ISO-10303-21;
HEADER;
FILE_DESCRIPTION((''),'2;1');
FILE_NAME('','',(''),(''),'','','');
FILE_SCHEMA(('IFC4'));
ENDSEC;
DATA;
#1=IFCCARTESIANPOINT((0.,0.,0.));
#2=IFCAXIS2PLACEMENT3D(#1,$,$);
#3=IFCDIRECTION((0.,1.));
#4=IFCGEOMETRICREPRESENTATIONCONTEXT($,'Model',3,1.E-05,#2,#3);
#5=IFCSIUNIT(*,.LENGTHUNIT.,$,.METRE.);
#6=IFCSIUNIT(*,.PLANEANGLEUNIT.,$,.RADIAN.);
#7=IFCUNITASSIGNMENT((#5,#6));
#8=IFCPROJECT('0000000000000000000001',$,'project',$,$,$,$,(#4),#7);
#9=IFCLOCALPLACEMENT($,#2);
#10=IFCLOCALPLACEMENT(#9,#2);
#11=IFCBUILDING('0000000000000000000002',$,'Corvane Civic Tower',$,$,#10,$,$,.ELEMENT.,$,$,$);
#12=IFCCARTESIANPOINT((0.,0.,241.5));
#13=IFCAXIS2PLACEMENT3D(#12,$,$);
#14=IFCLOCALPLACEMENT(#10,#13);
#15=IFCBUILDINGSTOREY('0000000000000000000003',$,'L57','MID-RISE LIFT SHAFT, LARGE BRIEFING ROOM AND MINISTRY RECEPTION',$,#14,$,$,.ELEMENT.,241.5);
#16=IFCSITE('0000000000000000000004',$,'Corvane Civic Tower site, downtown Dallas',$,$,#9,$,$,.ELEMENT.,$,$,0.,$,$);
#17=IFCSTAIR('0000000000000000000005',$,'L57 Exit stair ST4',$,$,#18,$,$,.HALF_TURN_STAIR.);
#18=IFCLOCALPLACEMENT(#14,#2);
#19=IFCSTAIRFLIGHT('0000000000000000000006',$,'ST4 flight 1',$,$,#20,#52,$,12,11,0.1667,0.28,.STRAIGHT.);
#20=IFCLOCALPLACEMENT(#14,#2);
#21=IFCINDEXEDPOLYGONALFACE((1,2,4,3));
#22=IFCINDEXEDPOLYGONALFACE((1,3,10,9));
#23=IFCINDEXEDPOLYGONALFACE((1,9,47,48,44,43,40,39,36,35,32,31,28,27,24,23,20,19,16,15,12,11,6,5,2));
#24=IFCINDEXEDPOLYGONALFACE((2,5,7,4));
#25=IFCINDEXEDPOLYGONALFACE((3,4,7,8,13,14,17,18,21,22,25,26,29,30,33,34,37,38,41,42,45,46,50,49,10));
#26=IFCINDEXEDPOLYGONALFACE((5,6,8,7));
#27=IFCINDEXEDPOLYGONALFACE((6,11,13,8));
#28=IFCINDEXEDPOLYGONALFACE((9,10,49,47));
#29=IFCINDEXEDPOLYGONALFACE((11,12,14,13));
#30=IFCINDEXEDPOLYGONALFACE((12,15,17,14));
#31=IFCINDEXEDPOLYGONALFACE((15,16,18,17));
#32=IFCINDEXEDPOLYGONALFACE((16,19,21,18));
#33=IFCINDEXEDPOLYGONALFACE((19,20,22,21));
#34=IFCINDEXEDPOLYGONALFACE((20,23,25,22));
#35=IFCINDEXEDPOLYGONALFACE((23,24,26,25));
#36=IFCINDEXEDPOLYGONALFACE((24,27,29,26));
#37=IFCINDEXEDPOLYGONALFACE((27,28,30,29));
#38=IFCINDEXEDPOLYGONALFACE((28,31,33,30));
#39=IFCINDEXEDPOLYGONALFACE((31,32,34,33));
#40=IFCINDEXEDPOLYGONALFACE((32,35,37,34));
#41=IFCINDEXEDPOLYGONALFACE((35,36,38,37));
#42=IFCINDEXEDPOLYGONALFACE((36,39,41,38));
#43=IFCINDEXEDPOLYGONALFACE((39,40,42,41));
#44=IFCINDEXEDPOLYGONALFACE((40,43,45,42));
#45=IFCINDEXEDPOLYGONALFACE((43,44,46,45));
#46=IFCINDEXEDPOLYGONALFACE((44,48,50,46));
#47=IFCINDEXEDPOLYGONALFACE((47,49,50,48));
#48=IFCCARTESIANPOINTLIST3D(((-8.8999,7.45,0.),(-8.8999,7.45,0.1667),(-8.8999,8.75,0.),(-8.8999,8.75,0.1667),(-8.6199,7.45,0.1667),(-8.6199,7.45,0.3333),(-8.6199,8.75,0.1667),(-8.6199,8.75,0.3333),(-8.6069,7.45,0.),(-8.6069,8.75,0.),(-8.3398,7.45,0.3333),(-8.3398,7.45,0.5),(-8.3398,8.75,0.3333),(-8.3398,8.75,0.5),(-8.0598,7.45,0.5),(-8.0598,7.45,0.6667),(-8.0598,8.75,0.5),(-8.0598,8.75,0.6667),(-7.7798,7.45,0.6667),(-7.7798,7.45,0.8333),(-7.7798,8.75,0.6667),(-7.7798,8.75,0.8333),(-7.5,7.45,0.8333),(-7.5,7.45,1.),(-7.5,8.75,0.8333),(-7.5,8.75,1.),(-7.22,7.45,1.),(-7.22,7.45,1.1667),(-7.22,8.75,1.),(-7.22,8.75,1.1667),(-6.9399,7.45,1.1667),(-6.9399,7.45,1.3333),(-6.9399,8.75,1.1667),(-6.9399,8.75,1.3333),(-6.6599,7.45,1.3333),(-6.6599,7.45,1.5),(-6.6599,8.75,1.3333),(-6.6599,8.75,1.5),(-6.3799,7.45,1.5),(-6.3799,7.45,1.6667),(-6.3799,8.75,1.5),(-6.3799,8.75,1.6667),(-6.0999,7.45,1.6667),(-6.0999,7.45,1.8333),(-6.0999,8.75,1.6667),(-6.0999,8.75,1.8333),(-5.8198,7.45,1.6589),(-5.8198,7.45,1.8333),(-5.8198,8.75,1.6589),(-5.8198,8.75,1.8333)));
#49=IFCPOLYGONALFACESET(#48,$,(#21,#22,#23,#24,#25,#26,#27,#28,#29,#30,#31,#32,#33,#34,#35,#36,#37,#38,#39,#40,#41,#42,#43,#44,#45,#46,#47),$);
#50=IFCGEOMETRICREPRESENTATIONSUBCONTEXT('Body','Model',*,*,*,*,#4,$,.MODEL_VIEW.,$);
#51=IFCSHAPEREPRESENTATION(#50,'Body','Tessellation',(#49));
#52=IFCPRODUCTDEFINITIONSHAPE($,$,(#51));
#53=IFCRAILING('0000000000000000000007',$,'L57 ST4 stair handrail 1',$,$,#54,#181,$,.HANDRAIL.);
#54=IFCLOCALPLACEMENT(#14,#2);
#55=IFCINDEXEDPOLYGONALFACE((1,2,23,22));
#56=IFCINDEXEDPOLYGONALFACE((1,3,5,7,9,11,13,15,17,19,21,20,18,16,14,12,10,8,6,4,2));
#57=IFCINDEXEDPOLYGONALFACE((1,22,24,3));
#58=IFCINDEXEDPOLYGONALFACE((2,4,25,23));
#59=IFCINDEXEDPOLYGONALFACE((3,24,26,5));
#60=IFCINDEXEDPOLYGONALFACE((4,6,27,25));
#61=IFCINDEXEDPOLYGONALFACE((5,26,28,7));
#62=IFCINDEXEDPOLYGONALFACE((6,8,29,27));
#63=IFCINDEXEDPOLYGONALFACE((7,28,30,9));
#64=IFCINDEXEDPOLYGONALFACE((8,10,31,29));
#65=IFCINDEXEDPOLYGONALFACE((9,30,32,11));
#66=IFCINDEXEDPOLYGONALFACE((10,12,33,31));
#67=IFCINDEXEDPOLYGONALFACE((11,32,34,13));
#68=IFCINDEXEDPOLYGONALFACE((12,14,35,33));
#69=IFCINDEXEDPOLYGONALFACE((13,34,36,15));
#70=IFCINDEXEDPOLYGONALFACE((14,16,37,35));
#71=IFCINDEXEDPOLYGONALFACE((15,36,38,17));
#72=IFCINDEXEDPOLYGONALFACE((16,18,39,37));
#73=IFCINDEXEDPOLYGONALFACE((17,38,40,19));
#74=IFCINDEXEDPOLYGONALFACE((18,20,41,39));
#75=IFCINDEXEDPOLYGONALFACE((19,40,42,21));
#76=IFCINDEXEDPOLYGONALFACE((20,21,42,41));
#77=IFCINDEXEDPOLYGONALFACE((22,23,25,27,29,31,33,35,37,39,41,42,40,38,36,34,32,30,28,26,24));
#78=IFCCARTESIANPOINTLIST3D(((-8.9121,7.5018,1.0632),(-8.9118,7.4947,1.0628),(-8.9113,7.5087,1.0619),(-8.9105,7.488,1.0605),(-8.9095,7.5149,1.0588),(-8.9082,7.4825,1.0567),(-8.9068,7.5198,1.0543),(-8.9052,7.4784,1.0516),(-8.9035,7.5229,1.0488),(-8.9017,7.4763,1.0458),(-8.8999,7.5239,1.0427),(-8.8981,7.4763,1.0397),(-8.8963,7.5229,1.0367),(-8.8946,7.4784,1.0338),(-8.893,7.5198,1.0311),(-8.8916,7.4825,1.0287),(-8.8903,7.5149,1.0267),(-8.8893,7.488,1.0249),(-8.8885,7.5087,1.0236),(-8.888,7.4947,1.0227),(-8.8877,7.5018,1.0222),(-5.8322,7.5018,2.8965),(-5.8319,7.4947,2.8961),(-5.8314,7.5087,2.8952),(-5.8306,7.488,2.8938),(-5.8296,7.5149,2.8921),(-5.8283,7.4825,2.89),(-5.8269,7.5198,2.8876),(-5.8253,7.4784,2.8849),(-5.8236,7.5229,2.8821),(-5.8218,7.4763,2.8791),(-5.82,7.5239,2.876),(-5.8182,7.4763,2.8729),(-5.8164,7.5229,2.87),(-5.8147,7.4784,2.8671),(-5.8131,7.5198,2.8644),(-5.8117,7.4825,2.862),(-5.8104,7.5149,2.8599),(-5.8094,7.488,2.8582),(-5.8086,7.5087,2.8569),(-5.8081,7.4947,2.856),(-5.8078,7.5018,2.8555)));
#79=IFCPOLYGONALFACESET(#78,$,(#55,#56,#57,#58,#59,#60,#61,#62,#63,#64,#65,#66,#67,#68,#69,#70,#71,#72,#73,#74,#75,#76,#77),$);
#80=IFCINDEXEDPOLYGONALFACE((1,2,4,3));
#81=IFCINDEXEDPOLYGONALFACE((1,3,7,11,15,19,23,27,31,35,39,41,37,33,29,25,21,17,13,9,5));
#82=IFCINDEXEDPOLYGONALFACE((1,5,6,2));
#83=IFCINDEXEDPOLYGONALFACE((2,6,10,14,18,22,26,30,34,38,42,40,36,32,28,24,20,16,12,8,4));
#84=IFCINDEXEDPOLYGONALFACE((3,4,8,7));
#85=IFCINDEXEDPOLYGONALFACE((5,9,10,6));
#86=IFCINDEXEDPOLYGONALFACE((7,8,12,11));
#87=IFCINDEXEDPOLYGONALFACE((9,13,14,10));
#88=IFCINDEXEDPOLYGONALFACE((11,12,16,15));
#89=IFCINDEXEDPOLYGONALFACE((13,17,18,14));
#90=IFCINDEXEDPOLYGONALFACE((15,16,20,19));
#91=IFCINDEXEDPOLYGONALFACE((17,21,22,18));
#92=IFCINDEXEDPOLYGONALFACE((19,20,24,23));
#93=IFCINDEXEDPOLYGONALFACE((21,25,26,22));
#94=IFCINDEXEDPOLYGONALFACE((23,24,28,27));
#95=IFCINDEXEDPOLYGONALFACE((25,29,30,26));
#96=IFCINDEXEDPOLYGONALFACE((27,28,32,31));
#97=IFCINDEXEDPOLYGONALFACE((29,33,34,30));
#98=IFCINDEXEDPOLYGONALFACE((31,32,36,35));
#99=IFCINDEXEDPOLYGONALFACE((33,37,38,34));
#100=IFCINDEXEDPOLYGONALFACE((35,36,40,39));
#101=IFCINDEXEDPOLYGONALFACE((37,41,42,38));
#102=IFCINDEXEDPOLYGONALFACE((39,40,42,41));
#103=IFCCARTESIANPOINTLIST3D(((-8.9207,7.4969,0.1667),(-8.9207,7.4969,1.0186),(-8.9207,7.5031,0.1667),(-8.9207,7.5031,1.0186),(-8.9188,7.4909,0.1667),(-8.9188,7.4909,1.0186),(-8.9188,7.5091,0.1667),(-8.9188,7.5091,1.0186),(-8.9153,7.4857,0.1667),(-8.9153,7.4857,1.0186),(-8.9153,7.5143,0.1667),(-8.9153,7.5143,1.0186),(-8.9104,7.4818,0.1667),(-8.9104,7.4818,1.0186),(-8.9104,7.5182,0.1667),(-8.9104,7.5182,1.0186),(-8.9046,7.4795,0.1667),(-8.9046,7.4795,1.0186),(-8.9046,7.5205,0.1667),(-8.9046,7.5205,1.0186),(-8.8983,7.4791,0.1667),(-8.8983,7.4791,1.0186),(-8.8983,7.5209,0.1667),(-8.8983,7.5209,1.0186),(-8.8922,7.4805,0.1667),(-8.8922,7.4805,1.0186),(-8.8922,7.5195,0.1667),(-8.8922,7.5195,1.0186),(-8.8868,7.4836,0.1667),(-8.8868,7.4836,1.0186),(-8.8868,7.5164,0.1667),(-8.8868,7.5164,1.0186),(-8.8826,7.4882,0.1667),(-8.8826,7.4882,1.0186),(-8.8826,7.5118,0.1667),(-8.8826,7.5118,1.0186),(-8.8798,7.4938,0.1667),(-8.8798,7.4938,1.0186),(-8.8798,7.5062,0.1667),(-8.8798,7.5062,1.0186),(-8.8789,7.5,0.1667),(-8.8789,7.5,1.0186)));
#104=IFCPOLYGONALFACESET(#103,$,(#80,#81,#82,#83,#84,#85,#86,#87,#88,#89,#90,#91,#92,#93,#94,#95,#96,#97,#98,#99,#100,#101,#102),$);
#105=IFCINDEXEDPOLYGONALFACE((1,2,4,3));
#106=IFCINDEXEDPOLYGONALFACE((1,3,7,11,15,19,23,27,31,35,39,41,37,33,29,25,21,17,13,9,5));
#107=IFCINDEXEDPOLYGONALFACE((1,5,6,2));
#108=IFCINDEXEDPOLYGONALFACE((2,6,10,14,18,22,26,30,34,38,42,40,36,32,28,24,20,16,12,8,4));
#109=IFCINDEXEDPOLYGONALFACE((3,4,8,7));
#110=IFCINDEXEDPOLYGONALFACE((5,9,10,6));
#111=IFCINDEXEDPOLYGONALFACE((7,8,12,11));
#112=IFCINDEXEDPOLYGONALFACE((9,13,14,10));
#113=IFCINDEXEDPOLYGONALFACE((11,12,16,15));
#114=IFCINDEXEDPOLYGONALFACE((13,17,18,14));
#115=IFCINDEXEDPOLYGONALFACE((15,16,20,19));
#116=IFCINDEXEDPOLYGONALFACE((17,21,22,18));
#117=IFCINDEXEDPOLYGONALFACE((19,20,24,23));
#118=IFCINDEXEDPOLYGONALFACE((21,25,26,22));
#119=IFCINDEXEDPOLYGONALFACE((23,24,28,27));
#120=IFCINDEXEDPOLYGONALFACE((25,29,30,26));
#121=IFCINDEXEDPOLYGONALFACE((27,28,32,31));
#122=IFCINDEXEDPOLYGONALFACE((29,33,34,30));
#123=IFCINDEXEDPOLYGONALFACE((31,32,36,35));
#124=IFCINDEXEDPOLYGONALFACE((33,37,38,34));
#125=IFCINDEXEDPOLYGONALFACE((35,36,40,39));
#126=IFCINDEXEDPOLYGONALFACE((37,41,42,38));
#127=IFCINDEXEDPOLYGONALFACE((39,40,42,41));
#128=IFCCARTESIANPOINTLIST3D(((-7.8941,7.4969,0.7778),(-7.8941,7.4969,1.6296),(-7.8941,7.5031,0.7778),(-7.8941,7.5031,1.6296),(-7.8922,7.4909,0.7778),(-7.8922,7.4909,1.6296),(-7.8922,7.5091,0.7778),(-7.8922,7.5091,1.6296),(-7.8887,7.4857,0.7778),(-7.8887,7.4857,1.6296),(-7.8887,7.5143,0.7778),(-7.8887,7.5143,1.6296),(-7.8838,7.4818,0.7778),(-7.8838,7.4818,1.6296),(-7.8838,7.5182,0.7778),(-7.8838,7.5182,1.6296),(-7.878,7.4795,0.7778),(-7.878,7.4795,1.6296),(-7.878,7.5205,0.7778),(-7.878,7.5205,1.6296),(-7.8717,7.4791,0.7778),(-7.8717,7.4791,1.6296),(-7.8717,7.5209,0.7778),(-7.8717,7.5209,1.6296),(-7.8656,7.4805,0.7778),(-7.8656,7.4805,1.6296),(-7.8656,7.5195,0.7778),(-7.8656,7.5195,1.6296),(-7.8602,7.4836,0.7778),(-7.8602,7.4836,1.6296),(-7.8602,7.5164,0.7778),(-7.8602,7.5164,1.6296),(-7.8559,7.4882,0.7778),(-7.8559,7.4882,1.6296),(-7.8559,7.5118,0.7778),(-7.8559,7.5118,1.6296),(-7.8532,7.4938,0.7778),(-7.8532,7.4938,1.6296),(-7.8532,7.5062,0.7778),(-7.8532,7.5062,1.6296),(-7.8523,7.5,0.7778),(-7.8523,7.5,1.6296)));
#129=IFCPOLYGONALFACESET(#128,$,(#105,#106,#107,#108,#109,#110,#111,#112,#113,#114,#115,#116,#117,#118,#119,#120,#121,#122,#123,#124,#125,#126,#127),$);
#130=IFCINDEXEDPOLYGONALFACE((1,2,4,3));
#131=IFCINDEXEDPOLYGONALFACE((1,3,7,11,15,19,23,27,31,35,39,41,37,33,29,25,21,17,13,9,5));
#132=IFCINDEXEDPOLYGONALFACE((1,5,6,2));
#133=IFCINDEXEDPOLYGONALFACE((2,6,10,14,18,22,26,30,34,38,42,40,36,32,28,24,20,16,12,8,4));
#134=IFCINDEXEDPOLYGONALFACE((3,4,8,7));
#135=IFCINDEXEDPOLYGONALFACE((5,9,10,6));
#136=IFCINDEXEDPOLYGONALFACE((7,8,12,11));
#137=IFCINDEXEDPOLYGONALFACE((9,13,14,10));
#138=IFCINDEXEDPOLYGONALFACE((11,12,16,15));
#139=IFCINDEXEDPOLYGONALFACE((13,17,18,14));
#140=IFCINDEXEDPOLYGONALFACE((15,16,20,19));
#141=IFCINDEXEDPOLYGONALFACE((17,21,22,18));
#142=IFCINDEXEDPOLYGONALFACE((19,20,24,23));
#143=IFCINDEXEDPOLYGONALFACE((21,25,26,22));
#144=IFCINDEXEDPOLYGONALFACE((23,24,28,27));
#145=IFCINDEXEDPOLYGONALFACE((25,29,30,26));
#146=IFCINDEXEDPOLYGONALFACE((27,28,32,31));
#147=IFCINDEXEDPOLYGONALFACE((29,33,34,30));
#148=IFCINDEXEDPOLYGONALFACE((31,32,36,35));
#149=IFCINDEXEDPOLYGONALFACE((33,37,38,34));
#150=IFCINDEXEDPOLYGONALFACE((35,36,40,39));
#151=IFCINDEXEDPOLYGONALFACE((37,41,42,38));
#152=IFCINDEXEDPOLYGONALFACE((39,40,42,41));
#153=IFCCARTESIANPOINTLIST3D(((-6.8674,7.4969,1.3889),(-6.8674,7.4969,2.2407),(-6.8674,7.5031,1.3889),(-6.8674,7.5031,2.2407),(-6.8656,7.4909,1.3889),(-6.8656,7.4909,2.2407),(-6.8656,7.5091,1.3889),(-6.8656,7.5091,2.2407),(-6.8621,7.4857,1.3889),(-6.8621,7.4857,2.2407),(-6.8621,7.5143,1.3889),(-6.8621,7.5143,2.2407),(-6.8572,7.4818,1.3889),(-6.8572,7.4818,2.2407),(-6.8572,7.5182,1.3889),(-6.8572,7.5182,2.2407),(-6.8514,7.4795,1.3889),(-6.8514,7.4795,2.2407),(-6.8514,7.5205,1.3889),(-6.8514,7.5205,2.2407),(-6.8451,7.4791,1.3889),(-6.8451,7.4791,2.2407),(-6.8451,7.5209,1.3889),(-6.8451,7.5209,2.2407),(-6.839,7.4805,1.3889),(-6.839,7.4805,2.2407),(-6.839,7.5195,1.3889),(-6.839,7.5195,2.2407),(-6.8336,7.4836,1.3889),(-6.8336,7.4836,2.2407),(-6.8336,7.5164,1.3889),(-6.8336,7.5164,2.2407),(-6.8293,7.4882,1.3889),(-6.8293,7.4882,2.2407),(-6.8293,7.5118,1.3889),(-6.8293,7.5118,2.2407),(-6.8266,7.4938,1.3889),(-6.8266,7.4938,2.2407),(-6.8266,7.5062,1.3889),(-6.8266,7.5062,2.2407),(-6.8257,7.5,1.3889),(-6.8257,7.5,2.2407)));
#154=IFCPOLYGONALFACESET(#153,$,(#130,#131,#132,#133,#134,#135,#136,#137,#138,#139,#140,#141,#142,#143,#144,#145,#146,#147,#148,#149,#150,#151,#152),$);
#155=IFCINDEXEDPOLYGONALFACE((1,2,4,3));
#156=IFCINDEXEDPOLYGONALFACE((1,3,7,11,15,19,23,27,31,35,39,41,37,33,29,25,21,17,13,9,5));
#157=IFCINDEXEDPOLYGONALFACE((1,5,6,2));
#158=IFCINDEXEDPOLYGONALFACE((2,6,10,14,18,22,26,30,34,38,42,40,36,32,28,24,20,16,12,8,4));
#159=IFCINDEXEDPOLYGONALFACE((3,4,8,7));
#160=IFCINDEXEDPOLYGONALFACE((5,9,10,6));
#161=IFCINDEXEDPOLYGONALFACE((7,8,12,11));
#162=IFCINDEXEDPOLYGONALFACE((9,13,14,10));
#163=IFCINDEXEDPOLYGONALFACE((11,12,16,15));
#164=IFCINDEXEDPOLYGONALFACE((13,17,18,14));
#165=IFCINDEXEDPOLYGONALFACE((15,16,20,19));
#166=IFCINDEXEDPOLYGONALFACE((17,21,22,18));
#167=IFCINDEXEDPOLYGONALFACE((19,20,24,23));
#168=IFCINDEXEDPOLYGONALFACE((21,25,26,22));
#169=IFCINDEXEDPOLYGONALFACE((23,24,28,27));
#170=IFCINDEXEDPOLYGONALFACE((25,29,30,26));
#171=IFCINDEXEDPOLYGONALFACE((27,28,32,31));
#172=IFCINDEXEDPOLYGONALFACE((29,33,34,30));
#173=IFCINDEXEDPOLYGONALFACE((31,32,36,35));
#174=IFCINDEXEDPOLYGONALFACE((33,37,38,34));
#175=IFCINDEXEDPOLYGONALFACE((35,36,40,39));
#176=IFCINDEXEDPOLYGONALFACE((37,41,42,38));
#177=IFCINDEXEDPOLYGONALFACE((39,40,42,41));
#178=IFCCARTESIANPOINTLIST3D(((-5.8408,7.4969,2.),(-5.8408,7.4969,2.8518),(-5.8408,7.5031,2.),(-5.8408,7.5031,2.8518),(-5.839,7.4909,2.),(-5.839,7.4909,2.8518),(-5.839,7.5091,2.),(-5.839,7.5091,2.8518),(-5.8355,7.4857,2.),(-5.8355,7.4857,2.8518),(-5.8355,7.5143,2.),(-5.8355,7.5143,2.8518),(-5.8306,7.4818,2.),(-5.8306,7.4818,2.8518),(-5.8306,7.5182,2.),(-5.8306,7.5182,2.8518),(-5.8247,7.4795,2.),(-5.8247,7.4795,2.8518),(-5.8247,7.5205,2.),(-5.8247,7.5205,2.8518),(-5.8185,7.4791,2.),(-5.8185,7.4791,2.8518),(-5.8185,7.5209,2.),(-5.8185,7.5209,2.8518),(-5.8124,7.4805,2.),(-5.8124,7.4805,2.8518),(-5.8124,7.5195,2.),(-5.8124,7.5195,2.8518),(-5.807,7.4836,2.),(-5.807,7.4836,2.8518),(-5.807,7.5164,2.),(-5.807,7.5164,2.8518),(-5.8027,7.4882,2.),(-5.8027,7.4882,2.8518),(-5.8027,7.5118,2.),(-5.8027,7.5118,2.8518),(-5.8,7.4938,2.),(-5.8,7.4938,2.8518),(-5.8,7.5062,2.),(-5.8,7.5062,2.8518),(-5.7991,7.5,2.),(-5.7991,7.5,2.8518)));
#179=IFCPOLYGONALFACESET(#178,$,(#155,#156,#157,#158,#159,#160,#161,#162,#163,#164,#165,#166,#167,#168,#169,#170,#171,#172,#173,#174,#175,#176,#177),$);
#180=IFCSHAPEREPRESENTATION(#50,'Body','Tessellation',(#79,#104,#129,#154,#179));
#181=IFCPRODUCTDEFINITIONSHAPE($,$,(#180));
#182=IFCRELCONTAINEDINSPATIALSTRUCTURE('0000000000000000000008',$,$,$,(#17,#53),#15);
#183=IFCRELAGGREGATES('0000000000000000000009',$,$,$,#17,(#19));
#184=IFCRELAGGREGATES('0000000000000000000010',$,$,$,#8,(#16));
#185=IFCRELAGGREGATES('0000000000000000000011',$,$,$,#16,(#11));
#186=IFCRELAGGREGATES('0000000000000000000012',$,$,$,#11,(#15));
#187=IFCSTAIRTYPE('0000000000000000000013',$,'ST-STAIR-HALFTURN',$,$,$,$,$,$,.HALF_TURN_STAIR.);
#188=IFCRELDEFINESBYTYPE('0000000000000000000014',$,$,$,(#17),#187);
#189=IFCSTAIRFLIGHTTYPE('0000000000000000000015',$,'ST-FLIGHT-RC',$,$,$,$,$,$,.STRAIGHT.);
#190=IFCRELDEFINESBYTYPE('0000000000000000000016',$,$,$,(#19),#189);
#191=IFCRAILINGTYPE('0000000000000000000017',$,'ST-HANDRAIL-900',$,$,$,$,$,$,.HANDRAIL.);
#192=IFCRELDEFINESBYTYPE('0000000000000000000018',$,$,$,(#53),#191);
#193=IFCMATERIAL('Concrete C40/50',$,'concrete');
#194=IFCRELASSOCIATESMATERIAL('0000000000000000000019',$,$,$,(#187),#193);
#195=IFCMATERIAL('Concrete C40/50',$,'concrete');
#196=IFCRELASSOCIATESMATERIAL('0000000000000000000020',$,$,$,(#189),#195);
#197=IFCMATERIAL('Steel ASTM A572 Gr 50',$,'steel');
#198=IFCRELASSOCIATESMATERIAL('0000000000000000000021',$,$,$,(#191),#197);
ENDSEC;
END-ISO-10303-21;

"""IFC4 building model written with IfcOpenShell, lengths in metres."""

from ifc_helpers import new_model, si_unit, direction, frame, origin, origin_2d, place, context, subcontext, project, spatial, polyline, circle, outline, extrude, material, type_object, element, aggregate, save


model = new_model("IFC4")

# Units and contexts
model_context = context("Model", 3, precision=1e-05, world=origin(), true_north=direction((0.0, 1.0)))
body_context = subcontext(model_context, "Body", "Model", "MODEL_VIEW")
ifc_project = project(units=[si_unit("LENGTHUNIT", "METRE"), si_unit("PLANEANGLEUNIT", "RADIAN")], contexts=[model_context])

# Site, building, storey
site_placement = place(None, origin())
site = spatial("IfcSite", under=ifc_project, at=site_placement, Name="Corvane Civic Tower site, downtown Dallas", CompositionType="ELEMENT", RefElevation=0.0)
building_placement = place(site_placement, origin())
building = spatial("IfcBuilding", under=site, at=building_placement, Name="Corvane Civic Tower", CompositionType="ELEMENT")
storey_placement = place(building_placement, frame((0.0, 0.0, 241.5)))
storey = spatial("IfcBuildingStorey", under=building, at=storey_placement, Name="L57", Description="MID-RISE LIFT SHAFT, LARGE BRIEFING ROOM AND MINISTRY RECEPTION", CompositionType="ELEMENT", Elevation=241.5)

# Stair, stair flight
ifc_material_1 = material(Name="Concrete C40/50", Category="concrete")
stair_type = type_object("IfcStairType", Name="ST-STAIR-HALFTURN", PredefinedType="HALF_TURN_STAIR", material=ifc_material_1)
stair_placement = place(storey_placement, origin())
stair = element("IfcStair", 1, at=stair_placement, inside=storey, type_object=stair_type, Name="L57 Exit stair ST4", PredefinedType="HALF_TURN_STAIR")
ifc_material_2 = material(Name="Concrete C40/50", Category="concrete")
stair_flight_type = type_object("IfcStairFlightType", Name="ST-FLIGHT-RC", PredefinedType="STRAIGHT", material=ifc_material_2)
stair_flight_placement = place(storey_placement, frame((-8.8999, 8.1001, 0.0), z_axis=(0.0, 0.0, 1.0), x_axis=(1.0, 0.0, 0.0)))
stair_flight = element("IfcStairFlight", 2, at=stair_flight_placement, type_object=stair_flight_type, Name="ST4 flight 1", NumberOfRisers=12, NumberOfTreads=11, PredefinedType="STRAIGHT", RiserHeight=0.1667, TreadLength=0.28, context=body_context, shape_type="SweptSolid", body=[
    extrude(outline(polyline([(0.0, 0.0), (0.0, 0.1667), (0.28, 0.1667), (0.28, 0.3333), (0.5601, 0.3333), (0.5601, 0.5), (0.8401, 0.5), (0.8401, 0.6667), (1.1201, 0.6667), (1.1201, 0.8333), (1.3999, 0.8333), (1.3999, 1.0), (1.6799, 1.0), (1.6799, 1.1667), (1.96, 1.1667), (1.96, 1.3333), (2.24, 1.3333), (2.24, 1.5), (2.52, 1.5), (2.52, 1.6667), (2.8, 1.6667), (2.8, 1.8333), (3.0801, 1.8333), (3.0801, 2.0), (3.0801, 1.6589), (0.293, 0.0), (0.0, 0.0)])), frame((0.0, 0.6499, 0.0), z_axis=(0.0, -1.0, 0.0), x_axis=(1.0, 0.0, 0.0)), (0.0, 0.0, 1.0), 1.3),
])
aggregate(stair, [stair_flight])

# Railing
ifc_material_3 = material(Name="Steel ASTM A572 Gr 50", Category="steel")
railing_type = type_object("IfcRailingType", Name="ST-HANDRAIL-900", PredefinedType="HANDRAIL", material=ifc_material_3)
railing_placement = place(storey_placement, frame((-8.8999, 7.5, 0.1667)))
element("IfcRailing", 3, at=railing_placement, inside=storey, type_object=railing_type, Name="L57 ST4 stair handrail 1", PredefinedType="HANDRAIL", context=body_context, shape_type="SweptSolid", body=[
    extrude(circle(Radius=0.0239, at=origin_2d()), frame((0.0, 0.0, 0.876), z_axis=(0.859291, 0.0, 0.511487), x_axis=(0.0, 1.0, 0.0)), (0.0, 0.0, 1.0), 3.5842),
    extrude(circle(Radius=0.021, at=origin_2d()), origin(), (0.0, 0.0, 1.0), 0.8518),
    extrude(circle(Radius=0.021, at=origin_2d()), frame((1.0266, 0.0, 0.6111)), (0.0, 0.0, 1.0), 0.8518),
    extrude(circle(Radius=0.021, at=origin_2d()), frame((2.0532, 0.0, 1.2222)), (0.0, 0.0, 1.0), 0.8518),
    extrude(circle(Radius=0.021, at=origin_2d()), frame((3.0798, 0.0, 1.8333)), (0.0, 0.0, 1.0), 0.8518),
])

save(model, "model.ifc")
